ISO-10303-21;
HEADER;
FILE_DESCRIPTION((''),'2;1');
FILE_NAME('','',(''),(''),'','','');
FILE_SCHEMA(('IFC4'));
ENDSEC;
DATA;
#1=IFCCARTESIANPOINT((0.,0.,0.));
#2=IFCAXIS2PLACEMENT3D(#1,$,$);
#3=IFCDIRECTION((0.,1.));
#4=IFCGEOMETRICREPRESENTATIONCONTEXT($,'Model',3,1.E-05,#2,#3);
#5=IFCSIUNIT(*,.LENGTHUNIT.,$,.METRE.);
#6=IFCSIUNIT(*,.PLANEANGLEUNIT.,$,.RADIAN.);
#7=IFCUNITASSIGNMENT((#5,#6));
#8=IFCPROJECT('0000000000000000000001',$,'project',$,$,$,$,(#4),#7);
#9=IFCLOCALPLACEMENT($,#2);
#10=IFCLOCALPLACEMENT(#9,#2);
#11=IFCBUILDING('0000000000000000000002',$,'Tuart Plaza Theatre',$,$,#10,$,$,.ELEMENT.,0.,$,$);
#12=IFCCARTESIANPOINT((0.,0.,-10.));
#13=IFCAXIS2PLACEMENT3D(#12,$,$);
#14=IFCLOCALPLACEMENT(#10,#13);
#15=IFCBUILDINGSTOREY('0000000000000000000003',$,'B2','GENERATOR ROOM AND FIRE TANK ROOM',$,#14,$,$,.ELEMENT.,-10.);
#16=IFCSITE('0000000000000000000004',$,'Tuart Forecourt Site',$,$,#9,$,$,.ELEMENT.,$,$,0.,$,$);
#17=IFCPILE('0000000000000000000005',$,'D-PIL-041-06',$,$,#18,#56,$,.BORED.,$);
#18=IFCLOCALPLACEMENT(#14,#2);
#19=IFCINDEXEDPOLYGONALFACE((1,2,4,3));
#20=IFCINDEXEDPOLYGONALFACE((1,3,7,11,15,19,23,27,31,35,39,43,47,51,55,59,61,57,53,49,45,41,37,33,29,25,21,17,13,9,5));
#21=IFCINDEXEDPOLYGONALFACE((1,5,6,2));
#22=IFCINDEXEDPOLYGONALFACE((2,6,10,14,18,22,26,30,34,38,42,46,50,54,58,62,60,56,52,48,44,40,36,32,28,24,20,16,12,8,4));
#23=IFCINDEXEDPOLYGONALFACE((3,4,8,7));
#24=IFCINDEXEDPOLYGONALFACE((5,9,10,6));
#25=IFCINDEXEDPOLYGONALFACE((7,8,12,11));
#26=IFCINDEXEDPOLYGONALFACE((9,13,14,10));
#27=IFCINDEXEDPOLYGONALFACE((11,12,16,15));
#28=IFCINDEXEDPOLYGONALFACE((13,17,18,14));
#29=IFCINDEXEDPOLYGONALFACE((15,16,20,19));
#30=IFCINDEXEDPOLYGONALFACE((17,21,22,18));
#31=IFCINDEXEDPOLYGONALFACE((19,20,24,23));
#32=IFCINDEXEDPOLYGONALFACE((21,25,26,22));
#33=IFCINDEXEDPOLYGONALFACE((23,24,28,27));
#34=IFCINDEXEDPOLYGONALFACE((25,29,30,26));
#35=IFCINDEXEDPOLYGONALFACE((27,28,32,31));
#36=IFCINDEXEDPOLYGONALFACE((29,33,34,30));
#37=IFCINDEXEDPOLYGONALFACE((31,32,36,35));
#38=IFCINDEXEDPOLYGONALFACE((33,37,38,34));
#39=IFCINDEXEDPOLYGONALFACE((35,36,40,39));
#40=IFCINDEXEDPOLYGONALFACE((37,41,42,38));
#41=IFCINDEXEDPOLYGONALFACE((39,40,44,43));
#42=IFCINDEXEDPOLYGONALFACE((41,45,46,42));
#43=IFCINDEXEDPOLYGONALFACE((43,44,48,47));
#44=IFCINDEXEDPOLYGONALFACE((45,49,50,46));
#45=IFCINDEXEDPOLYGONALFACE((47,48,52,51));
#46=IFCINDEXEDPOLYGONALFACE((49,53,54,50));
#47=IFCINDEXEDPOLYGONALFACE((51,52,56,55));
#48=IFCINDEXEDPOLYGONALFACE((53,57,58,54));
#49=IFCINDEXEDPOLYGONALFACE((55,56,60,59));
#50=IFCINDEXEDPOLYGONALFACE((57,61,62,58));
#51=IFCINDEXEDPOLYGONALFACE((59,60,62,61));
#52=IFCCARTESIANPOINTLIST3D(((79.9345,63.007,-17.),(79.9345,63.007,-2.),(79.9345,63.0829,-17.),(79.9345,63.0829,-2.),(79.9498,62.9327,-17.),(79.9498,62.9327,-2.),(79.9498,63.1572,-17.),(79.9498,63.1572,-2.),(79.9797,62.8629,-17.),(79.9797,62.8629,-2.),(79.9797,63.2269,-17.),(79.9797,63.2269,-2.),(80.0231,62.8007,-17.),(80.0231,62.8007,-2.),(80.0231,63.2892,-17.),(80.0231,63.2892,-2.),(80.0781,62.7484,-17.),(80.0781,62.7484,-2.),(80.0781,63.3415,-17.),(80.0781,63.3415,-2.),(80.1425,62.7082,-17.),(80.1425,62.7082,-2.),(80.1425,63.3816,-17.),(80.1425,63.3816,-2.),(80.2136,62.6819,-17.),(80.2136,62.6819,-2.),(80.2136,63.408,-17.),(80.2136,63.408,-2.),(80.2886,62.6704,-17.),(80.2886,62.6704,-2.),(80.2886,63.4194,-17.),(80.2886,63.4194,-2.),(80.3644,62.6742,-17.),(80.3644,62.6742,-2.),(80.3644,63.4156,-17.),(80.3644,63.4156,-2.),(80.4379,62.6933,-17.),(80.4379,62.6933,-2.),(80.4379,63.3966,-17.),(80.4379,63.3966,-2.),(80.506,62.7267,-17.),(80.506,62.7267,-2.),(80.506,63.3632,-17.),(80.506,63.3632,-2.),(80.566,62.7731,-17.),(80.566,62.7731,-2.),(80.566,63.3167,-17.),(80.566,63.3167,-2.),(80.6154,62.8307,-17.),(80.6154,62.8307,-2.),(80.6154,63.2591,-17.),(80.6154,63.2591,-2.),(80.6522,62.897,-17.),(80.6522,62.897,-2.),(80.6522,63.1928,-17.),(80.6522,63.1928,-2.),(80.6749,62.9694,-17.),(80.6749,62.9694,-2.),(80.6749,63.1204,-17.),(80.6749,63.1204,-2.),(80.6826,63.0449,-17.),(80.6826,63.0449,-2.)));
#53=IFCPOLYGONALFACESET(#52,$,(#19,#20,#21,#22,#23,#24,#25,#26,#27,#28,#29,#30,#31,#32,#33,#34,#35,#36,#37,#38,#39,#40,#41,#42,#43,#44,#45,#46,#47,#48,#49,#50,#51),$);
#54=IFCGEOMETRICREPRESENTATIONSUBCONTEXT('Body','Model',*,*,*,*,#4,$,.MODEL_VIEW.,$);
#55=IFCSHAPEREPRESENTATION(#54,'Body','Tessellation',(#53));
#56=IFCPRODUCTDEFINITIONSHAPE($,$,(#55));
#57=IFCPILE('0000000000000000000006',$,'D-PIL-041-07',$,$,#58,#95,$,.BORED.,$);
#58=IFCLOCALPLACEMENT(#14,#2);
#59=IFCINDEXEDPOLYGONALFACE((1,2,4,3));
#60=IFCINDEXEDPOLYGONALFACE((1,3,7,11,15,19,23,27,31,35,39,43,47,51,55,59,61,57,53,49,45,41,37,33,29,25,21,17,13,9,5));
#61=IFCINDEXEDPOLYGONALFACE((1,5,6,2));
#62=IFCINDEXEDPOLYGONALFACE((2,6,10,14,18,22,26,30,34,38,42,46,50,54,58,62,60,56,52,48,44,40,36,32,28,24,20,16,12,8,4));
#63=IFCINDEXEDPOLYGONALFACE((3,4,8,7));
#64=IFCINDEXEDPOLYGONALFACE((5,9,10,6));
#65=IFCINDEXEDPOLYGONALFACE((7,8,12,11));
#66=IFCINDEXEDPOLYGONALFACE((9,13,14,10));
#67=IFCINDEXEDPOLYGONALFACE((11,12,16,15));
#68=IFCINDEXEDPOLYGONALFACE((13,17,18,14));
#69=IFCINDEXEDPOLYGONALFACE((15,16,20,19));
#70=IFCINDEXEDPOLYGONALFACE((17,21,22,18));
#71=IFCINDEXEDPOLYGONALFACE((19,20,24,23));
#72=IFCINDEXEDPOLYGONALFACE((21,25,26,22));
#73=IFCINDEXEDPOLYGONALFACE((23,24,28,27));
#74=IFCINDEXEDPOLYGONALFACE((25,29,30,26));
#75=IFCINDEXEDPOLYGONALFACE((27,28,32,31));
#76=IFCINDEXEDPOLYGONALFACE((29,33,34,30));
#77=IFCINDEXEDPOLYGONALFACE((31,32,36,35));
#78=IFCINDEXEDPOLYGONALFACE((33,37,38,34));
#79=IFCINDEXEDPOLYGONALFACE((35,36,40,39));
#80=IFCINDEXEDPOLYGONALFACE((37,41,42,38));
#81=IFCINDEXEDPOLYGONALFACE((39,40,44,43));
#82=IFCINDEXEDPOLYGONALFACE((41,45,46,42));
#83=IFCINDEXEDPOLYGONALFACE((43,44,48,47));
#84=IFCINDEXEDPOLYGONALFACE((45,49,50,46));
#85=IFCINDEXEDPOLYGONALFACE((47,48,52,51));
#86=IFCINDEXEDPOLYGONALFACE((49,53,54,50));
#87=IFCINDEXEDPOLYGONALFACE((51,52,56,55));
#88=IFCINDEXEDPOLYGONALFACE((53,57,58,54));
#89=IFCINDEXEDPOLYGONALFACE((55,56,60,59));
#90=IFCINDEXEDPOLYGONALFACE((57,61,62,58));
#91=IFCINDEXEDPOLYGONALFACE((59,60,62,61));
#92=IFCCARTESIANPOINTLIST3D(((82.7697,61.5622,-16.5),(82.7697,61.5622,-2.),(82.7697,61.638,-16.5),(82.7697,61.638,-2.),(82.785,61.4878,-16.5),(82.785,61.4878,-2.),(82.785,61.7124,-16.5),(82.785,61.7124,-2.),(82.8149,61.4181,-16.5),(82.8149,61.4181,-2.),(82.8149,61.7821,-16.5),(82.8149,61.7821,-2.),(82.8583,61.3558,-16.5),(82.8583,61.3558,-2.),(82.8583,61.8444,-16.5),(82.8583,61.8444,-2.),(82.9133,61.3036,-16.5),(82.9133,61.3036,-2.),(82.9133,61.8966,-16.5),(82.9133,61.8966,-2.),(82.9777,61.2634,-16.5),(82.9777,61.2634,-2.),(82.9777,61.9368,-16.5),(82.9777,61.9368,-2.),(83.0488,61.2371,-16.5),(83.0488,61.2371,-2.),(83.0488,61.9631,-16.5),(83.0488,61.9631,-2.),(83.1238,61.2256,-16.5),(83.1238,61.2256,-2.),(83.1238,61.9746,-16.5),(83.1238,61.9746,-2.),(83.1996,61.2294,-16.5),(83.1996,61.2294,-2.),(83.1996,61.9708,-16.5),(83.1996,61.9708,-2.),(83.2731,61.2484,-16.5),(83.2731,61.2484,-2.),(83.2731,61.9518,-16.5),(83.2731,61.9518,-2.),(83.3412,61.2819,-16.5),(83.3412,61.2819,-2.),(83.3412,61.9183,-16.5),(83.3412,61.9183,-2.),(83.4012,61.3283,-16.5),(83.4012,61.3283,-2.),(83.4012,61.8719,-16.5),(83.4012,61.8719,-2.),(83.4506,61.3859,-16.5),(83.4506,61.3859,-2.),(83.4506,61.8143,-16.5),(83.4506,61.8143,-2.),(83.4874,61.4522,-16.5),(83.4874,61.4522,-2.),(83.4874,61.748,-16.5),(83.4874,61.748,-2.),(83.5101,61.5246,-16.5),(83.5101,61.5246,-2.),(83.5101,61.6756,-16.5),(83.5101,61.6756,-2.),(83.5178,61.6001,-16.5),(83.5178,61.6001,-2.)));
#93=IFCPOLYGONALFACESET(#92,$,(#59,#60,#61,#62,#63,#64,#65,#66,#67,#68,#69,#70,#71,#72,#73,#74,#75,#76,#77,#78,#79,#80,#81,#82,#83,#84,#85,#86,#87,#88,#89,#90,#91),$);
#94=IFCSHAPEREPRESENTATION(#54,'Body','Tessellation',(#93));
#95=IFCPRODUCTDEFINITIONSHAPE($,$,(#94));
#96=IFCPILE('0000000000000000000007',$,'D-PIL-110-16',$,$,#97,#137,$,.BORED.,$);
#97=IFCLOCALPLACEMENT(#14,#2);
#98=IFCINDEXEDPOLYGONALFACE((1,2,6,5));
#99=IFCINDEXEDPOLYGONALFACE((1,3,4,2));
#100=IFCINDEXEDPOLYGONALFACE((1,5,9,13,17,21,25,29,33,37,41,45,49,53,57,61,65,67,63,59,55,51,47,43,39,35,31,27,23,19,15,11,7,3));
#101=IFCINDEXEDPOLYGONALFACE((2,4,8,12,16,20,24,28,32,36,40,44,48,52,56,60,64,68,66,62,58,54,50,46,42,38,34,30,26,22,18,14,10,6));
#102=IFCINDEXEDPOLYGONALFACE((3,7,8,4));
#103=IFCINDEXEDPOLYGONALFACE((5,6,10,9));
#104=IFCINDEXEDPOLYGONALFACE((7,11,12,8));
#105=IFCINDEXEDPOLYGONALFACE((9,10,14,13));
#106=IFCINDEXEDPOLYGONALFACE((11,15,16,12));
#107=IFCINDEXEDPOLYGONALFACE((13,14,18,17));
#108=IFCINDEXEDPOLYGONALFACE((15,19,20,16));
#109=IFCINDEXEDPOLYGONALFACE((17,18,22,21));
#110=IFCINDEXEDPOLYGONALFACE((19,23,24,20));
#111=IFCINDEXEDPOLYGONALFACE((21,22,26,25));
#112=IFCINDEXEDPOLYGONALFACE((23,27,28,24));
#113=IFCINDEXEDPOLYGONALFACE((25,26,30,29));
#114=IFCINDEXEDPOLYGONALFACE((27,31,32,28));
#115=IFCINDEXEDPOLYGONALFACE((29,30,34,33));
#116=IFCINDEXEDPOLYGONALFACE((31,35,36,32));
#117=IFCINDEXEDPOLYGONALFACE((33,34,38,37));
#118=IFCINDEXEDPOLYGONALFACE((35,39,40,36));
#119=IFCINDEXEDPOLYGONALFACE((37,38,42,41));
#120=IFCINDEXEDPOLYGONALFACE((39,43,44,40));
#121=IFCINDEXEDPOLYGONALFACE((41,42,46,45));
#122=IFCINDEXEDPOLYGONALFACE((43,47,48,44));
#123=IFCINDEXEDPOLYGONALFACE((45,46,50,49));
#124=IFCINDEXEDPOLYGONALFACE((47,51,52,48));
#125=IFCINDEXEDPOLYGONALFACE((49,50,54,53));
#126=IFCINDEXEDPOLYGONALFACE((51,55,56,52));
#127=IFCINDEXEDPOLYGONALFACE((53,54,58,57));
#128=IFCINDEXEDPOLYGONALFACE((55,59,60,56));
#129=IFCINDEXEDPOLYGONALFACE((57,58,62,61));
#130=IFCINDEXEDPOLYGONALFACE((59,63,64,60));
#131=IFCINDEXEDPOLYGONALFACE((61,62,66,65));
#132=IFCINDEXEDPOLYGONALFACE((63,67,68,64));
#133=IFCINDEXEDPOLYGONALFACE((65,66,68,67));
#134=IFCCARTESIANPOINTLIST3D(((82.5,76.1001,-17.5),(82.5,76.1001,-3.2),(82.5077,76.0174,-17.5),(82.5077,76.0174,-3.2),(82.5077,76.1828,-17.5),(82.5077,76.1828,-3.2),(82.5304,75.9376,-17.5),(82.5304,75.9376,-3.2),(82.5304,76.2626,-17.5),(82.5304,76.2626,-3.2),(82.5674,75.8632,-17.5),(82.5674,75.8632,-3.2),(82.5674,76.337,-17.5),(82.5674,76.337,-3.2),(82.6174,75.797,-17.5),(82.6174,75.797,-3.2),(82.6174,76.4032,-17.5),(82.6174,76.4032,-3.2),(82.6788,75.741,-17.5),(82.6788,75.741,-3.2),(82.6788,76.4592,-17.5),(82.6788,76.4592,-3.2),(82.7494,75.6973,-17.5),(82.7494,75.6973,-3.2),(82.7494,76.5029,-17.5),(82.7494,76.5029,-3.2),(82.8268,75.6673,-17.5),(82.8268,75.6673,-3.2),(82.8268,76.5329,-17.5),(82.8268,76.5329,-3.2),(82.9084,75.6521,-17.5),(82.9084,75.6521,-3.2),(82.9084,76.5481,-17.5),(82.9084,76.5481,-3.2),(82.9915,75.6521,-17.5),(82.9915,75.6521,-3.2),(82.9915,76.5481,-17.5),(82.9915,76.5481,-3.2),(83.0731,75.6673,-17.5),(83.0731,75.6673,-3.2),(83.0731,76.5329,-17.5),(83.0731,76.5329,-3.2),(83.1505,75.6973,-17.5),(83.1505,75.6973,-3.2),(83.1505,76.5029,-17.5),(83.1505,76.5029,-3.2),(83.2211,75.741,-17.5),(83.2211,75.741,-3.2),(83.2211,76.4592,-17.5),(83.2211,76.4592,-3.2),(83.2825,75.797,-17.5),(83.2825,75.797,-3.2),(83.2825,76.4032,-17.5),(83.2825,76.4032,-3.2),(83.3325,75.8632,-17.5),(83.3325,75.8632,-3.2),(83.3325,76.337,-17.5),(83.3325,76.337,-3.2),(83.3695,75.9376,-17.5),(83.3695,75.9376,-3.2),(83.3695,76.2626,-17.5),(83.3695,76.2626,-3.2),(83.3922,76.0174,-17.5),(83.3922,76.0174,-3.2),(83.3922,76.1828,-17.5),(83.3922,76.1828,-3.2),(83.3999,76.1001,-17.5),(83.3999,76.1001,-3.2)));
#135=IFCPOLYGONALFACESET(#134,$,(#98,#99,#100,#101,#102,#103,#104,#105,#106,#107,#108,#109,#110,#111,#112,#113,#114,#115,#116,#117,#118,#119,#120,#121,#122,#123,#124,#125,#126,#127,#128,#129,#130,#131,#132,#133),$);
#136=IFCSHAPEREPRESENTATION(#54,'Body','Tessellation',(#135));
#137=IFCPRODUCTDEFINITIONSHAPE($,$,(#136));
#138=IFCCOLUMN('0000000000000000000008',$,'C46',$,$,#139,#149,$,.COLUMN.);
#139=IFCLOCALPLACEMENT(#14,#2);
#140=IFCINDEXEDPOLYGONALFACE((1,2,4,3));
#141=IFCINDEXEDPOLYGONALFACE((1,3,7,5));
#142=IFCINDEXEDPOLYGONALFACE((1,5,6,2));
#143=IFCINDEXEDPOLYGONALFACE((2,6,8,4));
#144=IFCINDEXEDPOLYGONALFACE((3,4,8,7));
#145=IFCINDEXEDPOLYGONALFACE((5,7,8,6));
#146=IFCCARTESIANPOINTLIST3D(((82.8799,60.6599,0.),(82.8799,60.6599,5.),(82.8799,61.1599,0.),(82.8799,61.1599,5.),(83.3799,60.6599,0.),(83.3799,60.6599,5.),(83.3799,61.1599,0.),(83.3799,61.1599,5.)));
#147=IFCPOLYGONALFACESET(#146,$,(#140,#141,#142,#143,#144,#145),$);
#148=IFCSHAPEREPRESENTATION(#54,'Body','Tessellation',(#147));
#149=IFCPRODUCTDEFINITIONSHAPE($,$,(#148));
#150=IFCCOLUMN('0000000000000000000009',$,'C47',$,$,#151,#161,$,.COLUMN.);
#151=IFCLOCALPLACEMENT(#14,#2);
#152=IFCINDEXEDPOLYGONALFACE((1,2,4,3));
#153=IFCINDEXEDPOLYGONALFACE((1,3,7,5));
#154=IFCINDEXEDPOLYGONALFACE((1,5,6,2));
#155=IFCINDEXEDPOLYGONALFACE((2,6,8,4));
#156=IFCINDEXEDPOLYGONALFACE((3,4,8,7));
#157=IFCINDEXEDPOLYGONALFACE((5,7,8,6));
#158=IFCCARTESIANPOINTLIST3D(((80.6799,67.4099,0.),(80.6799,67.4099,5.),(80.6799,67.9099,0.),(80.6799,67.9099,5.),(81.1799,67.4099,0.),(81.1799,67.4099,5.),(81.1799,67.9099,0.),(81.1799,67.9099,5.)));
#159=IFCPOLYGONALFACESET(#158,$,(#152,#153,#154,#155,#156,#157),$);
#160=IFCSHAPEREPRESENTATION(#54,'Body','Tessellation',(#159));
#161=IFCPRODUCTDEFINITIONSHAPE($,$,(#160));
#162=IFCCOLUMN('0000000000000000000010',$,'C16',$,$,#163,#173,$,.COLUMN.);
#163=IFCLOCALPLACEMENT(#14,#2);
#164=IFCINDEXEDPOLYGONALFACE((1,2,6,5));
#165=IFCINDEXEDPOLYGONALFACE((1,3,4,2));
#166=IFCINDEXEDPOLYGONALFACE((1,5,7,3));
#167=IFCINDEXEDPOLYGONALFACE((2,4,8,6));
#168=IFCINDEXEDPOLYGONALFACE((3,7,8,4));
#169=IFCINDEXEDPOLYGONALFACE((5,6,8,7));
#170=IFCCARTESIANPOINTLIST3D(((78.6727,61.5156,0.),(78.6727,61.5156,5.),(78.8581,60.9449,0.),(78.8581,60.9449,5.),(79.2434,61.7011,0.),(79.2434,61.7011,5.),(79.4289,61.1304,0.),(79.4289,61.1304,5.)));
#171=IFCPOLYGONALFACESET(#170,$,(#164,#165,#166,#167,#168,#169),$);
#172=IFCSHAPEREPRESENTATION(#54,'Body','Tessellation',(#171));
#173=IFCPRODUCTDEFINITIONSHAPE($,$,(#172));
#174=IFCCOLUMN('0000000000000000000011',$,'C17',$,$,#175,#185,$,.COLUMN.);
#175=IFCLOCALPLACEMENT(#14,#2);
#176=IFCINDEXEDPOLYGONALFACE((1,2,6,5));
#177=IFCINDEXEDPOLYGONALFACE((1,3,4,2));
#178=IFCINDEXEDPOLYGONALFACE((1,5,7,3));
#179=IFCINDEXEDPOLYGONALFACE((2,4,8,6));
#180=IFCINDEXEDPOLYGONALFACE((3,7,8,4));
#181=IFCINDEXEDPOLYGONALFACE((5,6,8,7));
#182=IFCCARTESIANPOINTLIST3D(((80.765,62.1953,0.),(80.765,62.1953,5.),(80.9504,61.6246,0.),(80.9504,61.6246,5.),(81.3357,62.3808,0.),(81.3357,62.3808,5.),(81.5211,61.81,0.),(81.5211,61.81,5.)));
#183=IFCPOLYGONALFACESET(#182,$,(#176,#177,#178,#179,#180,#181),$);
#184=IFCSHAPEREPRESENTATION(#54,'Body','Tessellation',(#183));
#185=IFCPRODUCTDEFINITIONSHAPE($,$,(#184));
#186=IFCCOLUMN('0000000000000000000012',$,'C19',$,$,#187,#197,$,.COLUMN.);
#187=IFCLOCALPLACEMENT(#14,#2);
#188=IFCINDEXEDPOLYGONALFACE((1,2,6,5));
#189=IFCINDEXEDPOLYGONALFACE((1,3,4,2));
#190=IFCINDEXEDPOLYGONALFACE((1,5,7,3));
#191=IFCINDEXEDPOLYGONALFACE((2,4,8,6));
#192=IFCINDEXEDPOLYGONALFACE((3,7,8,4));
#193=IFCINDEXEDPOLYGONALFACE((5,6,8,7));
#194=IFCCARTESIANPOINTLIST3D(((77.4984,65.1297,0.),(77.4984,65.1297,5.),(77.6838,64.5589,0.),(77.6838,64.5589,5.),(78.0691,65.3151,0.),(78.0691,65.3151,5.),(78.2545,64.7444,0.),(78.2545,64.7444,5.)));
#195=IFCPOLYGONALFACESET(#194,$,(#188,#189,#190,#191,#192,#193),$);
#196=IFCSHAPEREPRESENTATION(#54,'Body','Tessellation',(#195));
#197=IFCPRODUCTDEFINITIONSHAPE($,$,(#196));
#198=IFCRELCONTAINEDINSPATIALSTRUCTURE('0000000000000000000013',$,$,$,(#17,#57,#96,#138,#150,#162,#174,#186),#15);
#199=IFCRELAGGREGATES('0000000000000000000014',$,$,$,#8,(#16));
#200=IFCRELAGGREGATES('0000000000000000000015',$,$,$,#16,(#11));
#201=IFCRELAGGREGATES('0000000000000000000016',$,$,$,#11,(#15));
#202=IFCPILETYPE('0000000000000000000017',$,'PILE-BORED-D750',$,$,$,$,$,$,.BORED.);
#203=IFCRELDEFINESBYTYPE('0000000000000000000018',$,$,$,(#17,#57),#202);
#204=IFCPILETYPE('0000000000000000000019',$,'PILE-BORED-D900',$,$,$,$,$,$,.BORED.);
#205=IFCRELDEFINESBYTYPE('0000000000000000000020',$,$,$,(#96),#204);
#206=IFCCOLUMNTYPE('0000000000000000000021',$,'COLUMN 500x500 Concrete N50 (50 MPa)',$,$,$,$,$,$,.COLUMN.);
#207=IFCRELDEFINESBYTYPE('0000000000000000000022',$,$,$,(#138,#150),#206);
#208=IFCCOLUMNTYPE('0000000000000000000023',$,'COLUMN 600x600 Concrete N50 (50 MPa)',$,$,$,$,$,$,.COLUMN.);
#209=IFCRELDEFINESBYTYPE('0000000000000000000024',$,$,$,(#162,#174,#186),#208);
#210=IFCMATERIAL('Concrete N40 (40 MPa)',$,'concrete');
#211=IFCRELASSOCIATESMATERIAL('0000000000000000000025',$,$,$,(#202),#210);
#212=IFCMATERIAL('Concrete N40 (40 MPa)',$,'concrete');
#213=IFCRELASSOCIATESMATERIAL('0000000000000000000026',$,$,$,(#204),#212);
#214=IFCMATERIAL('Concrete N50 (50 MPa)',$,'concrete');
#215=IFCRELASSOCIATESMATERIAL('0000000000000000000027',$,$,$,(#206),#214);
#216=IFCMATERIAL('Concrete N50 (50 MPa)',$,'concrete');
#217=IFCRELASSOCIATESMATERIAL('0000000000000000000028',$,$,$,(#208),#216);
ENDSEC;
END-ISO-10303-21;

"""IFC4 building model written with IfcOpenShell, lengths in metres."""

from ifc_helpers import new_model, si_unit, direction, frame, origin, origin_2d, place, context, subcontext, project, spatial, rectangle, circle, extrude, material, material_profile, profile_set, type_object, element, save


model = new_model("IFC4")

# Units and contexts
model_context = context("Model", 3, precision=1e-05, world=origin(), true_north=direction((0.0, 1.0)))
body_context = subcontext(model_context, "Body", "Model", "MODEL_VIEW")
ifc_project = project(units=[si_unit("LENGTHUNIT", "METRE"), si_unit("PLANEANGLEUNIT", "RADIAN")], contexts=[model_context])

# Site, building, storey
site_placement = place(None, origin())
site = spatial("IfcSite", under=ifc_project, at=site_placement, Name="Tuart Forecourt Site", CompositionType="ELEMENT", RefElevation=0.0)
building_placement = place(site_placement, origin())
building = spatial("IfcBuilding", under=site, at=building_placement, Name="Tuart Plaza Theatre", CompositionType="ELEMENT", ElevationOfRefHeight=0.0)
storey_placement = place(building_placement, frame((0.0, 0.0, -10.0)))
storey = spatial("IfcBuildingStorey", under=building, at=storey_placement, Name="B2", Description="GENERATOR ROOM AND FIRE TANK ROOM", CompositionType="ELEMENT", Elevation=-10.0)

# Piles
ifc_material_1 = material(Name="Concrete N40 (40 MPa)", Category="concrete")
ifc_material_profile_1 = material_profile(ifc_material_1, circle(Radius=0.375, at=origin_2d()), Name="PILE-BORED-D750")
ifc_profile_set_1 = profile_set([ifc_material_profile_1], Name="Concrete N40 (40 MPa)")
pile_type_1 = type_object("IfcPileType", Name="PILE-BORED-D750", PredefinedType="BORED", material=ifc_profile_set_1)
pile_1_placement = place(storey_placement, frame((80.3076, 63.0449, -2.0), z_axis=(0.0, 0.0, -1.0), x_axis=(1.0, 0.0, 0.0)))
element("IfcPile", 1, at=pile_1_placement, inside=storey, type_object=pile_type_1, Name="D-PIL-041-06", PredefinedType="BORED", context=body_context, shape_type="SweptSolid", body=[
    extrude(circle(Radius=0.375, at=origin_2d()), origin(), (0.0, 0.0, 1.0), 15.0),
])
pile_2_placement = place(storey_placement, frame((83.1428, 61.6001, -2.0), z_axis=(0.0, 0.0, -1.0), x_axis=(1.0, 0.0, 0.0)))
element("IfcPile", 2, at=pile_2_placement, inside=storey, type_object=pile_type_1, Name="D-PIL-041-07", PredefinedType="BORED", context=body_context, shape_type="SweptSolid", body=[
    extrude(circle(Radius=0.375, at=origin_2d()), origin(), (0.0, 0.0, 1.0), 14.5),
])
ifc_material_2 = material(Name="Concrete N40 (40 MPa)", Category="concrete")
ifc_material_profile_2 = material_profile(ifc_material_2, circle(Radius=0.45, at=origin_2d()), Name="PILE-BORED-D900")
ifc_profile_set_2 = profile_set([ifc_material_profile_2], Name="Concrete N40 (40 MPa)")
pile_type_2 = type_object("IfcPileType", Name="PILE-BORED-D900", PredefinedType="BORED", material=ifc_profile_set_2)
pile_3_placement = place(storey_placement, frame((82.95, 76.1001, -3.2), z_axis=(0.0, 0.0, -1.0), x_axis=(1.0, 0.0, 0.0)))
element("IfcPile", 3, at=pile_3_placement, inside=storey, type_object=pile_type_2, Name="D-PIL-110-16", PredefinedType="BORED", context=body_context, shape_type="SweptSolid", body=[
    extrude(circle(Radius=0.45, at=origin_2d()), origin(), (0.0, 0.0, 1.0), 14.3),
])

# Columns
ifc_material_3 = material(Name="Concrete N50 (50 MPa)", Category="concrete")
ifc_material_profile_3 = material_profile(ifc_material_3, rectangle(XDim=0.5, YDim=0.5, at=origin_2d()), Name="COLUMN 500x500 Concrete N50 (50 MPa)")
ifc_profile_set_3 = profile_set([ifc_material_profile_3], Name="Concrete N50 (50 MPa)")
column_type_1 = type_object("IfcColumnType", Name="COLUMN 500x500 Concrete N50 (50 MPa)", PredefinedType="COLUMN", material=ifc_profile_set_3)
for number, where, z_axis, x_axis, name in (
    (4, (83.1299, 60.9099, 0.0), (0.0, 0.0, 1.0), (1.0, 0.0, 0.0), "C46"),
    (5, (80.9299, 67.6599, 0.0), (0.0, 0.0, 1.0), (1.0, 0.0, 0.0), "C47"),
):
    element("IfcColumn", number, at=place(storey_placement, frame(where, z_axis=z_axis, x_axis=x_axis)), inside=storey, type_object=column_type_1, Name=name, PredefinedType="COLUMN", context=body_context, shape_type="SweptSolid", body=[
        extrude(rectangle(XDim=0.5, YDim=0.5, at=origin_2d()), origin(), (0.0, 0.0, 1.0), 5.0),
    ])
ifc_material_4 = material(Name="Concrete N50 (50 MPa)", Category="concrete")
ifc_material_profile_4 = material_profile(ifc_material_4, rectangle(XDim=0.6001, YDim=0.6001, at=origin_2d()), Name="COLUMN 600x600 Concrete N50 (50 MPa)")
ifc_profile_set_4 = profile_set([ifc_material_profile_4], Name="Concrete N50 (50 MPa)")
column_type_2 = type_object("IfcColumnType", Name="COLUMN 600x600 Concrete N50 (50 MPa)", PredefinedType="COLUMN", material=ifc_profile_set_4)
for number, where, z_axis, x_axis, name in (
    (6, (79.0508, 61.323, 0.0), (0.0, 0.0, 1.0), (0.951057, 0.309017, 0.0), "C16"),
    (7, (81.1431, 62.0027, 0.0), (0.0, 0.0, 1.0), (0.951057, 0.309017, 0.0), "C17"),
    (8, (77.8765, 64.937, 0.0), (0.0, 0.0, 1.0), (0.951057, 0.309017, 0.0), "C19"),
):
    element("IfcColumn", number, at=place(storey_placement, frame(where, z_axis=z_axis, x_axis=x_axis)), inside=storey, type_object=column_type_2, Name=name, PredefinedType="COLUMN", context=body_context, shape_type="SweptSolid", body=[
        extrude(rectangle(XDim=0.6001, YDim=0.6001, at=origin_2d()), origin(), (0.0, 0.0, 1.0), 5.0),
    ])

save(model, "model.ifc")
